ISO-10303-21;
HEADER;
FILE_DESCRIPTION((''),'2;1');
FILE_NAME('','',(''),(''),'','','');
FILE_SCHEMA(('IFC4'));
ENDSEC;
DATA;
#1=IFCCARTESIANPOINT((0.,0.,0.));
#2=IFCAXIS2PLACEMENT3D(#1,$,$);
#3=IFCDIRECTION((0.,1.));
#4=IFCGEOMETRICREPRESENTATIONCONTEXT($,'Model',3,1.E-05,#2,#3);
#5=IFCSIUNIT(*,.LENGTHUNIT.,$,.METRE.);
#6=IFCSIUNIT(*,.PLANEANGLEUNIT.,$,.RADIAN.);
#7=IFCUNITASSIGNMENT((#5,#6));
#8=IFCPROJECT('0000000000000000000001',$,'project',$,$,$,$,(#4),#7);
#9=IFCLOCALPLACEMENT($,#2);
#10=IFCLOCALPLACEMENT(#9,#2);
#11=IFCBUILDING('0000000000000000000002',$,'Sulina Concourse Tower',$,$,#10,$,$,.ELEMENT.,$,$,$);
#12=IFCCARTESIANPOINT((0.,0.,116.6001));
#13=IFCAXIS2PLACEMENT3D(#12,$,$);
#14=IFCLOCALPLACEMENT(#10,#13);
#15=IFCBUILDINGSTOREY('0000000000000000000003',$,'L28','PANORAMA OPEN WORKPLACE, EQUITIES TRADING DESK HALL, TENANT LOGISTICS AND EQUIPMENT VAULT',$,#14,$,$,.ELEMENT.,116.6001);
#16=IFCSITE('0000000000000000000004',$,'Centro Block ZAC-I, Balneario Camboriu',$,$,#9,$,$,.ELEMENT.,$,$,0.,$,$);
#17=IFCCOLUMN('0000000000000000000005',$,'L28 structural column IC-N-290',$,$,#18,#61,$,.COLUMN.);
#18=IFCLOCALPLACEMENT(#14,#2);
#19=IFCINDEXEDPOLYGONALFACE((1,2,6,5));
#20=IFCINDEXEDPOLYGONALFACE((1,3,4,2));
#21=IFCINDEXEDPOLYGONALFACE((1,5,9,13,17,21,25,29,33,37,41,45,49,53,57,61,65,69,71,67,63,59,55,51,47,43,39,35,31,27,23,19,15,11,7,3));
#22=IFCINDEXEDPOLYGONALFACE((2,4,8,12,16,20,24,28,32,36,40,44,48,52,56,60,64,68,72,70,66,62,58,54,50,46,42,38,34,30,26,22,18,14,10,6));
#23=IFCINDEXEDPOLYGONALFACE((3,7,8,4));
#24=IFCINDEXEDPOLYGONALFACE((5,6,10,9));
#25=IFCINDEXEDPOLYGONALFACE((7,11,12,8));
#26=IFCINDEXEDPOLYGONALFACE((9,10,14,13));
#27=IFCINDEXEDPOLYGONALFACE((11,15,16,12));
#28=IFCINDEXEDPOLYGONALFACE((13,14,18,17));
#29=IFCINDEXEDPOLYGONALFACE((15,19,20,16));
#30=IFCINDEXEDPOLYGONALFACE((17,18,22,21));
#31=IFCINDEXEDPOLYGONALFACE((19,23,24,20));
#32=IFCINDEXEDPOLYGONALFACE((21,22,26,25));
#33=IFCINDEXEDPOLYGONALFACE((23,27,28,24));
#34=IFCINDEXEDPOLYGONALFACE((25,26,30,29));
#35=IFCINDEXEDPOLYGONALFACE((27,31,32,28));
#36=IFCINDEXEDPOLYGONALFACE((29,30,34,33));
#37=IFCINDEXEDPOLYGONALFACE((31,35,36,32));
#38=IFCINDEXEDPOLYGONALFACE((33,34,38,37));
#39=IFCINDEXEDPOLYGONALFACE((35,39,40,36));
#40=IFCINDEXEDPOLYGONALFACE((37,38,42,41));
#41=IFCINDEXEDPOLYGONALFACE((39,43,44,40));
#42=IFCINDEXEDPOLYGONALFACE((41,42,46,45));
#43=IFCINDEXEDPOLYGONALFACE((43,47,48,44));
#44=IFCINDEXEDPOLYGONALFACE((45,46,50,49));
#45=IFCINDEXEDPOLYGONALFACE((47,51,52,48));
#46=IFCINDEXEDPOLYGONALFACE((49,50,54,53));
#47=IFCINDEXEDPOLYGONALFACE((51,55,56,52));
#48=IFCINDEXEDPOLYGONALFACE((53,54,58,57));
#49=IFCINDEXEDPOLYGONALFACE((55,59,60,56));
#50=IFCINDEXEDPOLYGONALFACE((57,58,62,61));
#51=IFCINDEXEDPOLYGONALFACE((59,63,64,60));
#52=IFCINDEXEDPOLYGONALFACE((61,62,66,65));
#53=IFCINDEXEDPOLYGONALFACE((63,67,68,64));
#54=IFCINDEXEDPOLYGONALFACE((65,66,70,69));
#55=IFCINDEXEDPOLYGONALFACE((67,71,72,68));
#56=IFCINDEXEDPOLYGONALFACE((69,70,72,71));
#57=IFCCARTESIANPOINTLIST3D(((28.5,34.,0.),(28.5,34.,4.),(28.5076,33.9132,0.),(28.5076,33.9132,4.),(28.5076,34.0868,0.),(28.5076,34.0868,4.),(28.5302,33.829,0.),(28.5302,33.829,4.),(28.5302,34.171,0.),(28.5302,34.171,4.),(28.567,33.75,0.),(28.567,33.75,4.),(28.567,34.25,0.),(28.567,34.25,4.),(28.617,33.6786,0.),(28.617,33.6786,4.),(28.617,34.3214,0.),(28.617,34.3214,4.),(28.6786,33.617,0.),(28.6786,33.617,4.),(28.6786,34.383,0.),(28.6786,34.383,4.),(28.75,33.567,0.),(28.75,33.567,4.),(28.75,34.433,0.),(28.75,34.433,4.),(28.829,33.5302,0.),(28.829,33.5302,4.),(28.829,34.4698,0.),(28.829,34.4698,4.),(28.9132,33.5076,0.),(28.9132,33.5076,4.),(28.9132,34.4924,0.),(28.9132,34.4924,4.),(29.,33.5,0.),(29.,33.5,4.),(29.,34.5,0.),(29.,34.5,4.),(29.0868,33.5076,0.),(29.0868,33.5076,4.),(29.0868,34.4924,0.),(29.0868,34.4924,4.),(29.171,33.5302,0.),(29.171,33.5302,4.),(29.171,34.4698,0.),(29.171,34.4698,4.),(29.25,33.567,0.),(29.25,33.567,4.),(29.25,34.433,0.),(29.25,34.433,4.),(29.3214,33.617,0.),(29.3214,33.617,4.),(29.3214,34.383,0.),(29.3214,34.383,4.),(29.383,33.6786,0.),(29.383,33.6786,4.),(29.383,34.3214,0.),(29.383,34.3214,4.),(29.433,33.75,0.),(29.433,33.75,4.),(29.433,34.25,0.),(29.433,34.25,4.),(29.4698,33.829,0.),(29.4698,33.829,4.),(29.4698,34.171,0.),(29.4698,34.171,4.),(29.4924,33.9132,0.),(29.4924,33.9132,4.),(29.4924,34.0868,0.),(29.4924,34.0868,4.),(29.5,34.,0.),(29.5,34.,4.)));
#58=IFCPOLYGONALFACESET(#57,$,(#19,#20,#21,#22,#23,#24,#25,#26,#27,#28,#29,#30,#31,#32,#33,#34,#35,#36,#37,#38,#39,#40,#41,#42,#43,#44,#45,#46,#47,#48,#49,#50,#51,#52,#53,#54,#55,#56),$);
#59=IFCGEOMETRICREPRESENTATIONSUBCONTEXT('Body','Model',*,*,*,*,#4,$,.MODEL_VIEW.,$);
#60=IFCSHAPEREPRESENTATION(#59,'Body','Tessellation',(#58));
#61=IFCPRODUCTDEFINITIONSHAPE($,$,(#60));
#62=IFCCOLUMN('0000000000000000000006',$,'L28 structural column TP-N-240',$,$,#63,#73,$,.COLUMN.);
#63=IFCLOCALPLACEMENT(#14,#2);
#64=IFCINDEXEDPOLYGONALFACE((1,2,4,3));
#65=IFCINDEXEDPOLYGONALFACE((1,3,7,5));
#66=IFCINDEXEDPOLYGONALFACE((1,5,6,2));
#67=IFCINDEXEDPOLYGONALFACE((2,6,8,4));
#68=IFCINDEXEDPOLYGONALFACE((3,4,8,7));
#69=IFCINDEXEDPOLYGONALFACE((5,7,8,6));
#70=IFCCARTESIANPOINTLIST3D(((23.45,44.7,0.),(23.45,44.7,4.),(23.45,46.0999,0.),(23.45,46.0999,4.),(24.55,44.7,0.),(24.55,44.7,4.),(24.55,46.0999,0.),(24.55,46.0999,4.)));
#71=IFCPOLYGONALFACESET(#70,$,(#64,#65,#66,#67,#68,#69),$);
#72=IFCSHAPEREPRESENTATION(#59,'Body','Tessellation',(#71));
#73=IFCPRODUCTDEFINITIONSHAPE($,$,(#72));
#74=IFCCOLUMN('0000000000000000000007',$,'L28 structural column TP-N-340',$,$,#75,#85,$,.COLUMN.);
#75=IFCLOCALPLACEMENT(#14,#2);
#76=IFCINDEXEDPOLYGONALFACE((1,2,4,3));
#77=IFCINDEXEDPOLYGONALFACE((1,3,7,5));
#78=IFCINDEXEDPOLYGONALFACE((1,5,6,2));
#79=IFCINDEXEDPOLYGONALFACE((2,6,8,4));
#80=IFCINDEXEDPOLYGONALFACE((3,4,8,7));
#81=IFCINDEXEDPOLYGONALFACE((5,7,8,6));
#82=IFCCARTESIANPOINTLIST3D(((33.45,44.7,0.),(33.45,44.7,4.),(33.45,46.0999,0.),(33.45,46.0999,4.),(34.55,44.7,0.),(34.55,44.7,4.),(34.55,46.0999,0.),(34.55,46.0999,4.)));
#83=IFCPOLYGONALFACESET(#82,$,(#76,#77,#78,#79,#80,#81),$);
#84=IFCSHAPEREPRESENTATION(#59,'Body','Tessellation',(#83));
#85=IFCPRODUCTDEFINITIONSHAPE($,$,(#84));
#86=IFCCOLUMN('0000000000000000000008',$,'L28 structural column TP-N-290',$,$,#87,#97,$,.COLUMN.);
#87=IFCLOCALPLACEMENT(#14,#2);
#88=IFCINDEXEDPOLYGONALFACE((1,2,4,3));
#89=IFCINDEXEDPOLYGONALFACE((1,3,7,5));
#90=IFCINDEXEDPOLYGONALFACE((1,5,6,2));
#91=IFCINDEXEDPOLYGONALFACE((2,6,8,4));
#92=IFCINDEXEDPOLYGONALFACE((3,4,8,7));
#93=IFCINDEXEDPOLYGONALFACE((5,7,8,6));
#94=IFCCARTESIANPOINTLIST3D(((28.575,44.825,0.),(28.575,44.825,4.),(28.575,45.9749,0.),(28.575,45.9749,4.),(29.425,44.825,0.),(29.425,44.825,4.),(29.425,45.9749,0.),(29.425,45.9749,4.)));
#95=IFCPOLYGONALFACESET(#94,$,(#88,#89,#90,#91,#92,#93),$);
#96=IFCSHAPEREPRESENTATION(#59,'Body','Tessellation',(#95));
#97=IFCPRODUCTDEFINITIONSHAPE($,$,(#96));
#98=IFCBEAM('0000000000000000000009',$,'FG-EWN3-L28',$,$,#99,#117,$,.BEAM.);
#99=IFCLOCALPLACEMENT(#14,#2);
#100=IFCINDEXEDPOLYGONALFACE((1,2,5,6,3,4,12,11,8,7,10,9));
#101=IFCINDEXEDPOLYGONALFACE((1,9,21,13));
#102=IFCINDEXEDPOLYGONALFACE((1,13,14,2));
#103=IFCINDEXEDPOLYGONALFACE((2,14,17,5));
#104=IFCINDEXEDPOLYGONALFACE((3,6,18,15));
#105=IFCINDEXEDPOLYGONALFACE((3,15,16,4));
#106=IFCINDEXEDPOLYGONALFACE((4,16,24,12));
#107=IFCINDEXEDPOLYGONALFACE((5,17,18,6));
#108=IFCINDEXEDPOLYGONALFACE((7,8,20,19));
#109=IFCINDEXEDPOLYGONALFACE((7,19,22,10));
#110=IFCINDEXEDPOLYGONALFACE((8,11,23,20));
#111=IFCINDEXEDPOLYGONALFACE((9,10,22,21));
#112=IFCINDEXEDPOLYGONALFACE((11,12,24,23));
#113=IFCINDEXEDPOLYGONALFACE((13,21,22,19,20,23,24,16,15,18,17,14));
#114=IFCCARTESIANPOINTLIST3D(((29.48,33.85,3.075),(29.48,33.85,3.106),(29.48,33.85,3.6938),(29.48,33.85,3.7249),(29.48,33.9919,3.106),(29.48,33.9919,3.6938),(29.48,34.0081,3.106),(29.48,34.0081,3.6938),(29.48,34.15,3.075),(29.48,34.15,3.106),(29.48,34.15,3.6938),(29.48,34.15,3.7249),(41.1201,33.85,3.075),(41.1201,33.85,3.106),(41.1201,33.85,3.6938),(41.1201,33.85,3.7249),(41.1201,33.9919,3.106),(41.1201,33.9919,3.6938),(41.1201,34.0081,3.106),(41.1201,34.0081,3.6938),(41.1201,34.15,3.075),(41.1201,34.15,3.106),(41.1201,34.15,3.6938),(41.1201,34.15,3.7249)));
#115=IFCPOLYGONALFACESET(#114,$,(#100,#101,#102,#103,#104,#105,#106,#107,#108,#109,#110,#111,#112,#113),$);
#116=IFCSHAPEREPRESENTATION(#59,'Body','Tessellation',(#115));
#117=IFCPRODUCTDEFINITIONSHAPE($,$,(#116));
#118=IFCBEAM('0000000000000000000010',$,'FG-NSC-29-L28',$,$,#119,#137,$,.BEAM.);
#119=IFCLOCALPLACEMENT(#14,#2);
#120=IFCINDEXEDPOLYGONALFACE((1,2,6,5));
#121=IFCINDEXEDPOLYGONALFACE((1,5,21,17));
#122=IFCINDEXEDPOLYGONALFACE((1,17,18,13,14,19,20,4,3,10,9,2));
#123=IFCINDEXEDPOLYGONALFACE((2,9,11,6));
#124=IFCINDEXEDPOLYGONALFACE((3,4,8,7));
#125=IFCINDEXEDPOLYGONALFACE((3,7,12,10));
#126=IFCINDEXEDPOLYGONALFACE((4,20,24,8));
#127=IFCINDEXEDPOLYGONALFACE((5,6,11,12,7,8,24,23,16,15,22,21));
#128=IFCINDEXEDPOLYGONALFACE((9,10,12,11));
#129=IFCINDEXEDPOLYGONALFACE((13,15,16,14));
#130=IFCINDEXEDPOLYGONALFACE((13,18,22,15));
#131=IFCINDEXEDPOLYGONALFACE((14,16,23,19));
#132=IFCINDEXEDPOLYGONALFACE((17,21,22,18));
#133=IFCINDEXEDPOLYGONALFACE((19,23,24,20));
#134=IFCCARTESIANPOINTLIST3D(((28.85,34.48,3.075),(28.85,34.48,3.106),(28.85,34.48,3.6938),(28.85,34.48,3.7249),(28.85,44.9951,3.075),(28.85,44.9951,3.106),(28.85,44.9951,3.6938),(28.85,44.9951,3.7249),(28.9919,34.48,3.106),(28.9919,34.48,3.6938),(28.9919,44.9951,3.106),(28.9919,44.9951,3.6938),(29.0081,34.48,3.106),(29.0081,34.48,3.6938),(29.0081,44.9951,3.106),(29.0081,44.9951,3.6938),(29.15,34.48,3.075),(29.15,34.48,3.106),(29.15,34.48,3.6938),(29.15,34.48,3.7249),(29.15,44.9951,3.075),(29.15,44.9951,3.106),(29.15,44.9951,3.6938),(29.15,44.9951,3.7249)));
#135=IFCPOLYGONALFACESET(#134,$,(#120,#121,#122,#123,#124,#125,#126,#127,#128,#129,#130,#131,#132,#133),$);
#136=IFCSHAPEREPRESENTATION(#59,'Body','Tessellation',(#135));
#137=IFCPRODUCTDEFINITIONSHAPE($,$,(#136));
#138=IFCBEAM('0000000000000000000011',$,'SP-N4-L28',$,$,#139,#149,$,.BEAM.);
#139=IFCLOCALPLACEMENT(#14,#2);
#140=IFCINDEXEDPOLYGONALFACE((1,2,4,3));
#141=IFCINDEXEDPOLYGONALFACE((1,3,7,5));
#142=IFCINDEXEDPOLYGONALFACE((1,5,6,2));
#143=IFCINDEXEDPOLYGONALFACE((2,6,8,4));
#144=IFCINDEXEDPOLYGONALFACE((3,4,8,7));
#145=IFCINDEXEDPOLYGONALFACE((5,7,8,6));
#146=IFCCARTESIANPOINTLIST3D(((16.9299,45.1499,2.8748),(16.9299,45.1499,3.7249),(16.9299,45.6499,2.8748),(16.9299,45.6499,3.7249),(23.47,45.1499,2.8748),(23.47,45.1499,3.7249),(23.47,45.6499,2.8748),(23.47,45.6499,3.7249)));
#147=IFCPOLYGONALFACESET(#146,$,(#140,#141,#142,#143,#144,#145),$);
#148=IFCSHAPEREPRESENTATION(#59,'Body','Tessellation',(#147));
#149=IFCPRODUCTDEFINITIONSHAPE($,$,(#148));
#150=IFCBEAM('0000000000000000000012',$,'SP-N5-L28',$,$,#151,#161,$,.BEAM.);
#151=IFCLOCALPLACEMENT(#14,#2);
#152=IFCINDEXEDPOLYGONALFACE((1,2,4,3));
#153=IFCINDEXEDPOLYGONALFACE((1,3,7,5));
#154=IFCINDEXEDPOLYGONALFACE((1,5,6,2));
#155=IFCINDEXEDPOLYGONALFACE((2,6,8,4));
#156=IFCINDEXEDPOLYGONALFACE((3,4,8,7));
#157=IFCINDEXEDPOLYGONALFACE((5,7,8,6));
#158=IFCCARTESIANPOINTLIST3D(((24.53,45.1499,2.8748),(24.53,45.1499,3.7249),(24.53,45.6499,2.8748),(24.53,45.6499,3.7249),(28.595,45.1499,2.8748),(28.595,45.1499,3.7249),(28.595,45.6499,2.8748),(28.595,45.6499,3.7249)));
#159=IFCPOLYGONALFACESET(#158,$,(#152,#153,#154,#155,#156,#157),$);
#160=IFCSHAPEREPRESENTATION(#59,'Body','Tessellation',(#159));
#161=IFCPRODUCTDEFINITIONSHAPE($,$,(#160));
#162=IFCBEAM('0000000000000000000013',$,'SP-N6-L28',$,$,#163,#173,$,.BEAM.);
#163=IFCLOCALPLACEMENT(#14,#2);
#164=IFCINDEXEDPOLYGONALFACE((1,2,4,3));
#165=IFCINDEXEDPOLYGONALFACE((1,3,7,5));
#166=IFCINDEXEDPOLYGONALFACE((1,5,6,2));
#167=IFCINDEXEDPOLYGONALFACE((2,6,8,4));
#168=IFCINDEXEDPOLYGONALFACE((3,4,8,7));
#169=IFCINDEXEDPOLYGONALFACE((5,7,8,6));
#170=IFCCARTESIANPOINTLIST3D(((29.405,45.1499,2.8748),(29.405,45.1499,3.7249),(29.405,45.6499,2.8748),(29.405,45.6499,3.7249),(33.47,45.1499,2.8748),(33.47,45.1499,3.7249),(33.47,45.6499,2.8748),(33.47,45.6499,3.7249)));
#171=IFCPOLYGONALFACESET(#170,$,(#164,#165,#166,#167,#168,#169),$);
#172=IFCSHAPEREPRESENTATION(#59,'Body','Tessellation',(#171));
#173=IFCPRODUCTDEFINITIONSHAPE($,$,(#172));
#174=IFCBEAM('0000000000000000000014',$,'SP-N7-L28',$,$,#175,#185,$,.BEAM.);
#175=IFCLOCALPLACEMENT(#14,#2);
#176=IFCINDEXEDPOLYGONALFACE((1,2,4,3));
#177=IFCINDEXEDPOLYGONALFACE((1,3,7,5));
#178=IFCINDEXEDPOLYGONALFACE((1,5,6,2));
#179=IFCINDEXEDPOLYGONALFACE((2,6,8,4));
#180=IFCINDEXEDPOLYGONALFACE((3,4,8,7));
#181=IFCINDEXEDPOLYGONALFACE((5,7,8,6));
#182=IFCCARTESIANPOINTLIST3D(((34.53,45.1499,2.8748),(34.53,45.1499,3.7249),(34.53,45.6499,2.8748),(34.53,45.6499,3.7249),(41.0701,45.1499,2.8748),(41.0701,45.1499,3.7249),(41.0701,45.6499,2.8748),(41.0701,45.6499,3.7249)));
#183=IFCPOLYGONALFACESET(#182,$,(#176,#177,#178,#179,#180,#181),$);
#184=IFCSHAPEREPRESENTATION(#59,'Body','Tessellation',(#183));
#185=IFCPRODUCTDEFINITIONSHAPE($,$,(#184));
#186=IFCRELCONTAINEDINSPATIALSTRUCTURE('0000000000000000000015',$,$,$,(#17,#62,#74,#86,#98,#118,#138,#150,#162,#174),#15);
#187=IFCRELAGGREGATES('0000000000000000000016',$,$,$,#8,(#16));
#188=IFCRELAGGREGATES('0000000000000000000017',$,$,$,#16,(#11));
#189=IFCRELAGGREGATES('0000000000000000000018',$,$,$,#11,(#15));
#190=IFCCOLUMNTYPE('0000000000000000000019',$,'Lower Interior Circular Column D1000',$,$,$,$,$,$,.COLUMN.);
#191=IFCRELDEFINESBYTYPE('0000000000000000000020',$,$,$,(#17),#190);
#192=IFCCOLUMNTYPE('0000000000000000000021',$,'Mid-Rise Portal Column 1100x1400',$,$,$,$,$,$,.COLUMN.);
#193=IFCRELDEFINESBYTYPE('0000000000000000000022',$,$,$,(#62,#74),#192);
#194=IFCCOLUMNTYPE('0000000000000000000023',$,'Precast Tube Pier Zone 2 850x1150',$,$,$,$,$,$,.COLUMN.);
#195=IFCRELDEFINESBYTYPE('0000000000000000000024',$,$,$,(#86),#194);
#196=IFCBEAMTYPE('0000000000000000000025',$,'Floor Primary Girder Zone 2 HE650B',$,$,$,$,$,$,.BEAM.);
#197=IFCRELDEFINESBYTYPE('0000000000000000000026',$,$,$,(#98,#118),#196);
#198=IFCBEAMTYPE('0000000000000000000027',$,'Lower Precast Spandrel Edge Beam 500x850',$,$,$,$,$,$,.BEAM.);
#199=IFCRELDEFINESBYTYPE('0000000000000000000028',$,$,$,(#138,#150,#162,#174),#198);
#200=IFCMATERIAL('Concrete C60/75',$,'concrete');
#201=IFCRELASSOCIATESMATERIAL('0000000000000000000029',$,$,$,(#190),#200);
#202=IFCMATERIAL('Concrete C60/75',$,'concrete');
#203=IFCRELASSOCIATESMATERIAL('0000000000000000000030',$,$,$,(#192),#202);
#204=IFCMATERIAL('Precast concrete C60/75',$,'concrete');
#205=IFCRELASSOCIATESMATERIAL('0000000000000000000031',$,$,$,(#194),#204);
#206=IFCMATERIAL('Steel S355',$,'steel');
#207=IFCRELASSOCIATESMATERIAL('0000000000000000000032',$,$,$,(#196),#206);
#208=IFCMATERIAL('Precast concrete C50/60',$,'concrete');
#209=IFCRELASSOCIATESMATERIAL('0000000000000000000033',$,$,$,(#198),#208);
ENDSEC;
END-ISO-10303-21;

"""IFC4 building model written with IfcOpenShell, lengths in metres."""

from ifc_helpers import new_model, si_unit, direction, frame, origin, origin_2d, place, context, subcontext, project, spatial, rectangle, circle, i_section, extrude, material, material_profile, profile_set, type_object, element, save


model = new_model("IFC4")

# Units and contexts
model_context = context("Model", 3, precision=1e-05, world=origin(), true_north=direction((0.0, 1.0)))
body_context = subcontext(model_context, "Body", "Model", "MODEL_VIEW")
ifc_project = project(units=[si_unit("LENGTHUNIT", "METRE"), si_unit("PLANEANGLEUNIT", "RADIAN")], contexts=[model_context])

# Site, building, storey
site_placement = place(None, origin())
site = spatial("IfcSite", under=ifc_project, at=site_placement, Name="Centro Block ZAC-I, Balneario Camboriu", CompositionType="ELEMENT", RefElevation=0.0)
building_placement = place(site_placement, origin())
building = spatial("IfcBuilding", under=site, at=building_placement, Name="Sulina Concourse Tower", CompositionType="ELEMENT")
storey_placement = place(building_placement, frame((0.0, 0.0, 116.6001)))
storey = spatial("IfcBuildingStorey", under=building, at=storey_placement, Name="L28", Description="PANORAMA OPEN WORKPLACE, EQUITIES TRADING DESK HALL, TENANT LOGISTICS AND EQUIPMENT VAULT", CompositionType="ELEMENT", Elevation=116.6001)

# Columns
ifc_material_1 = material(Name="Concrete C60/75", Category="concrete")
ifc_material_profile_1 = material_profile(ifc_material_1, circle(Radius=0.5, at=origin_2d()), Name="RC D1000")
ifc_profile_set_1 = profile_set([ifc_material_profile_1], Name="Concrete C60/75")
column_type_1 = type_object("IfcColumnType", Name="Lower Interior Circular Column D1000", PredefinedType="COLUMN", material=ifc_profile_set_1)
column_1_placement = place(storey_placement, frame((29.0, 34.0, 0.0), z_axis=(0.0, 0.0, 1.0), x_axis=(1.0, 0.0, 0.0)))
element("IfcColumn", 1, at=column_1_placement, inside=storey, type_object=column_type_1, Name="L28 structural column IC-N-290", PredefinedType="COLUMN", context=body_context, shape_type="SweptSolid", body=[
    extrude(circle(Radius=0.5, at=origin_2d()), origin(), (0.0, 0.0, 1.0), 4.0),
])
ifc_material_2 = material(Name="Concrete C60/75", Category="concrete")
ifc_material_profile_2 = material_profile(ifc_material_2, rectangle(XDim=1.1001, YDim=1.3999, at=origin_2d()), Name="RC 1100x1400")
ifc_profile_set_2 = profile_set([ifc_material_profile_2], Name="Concrete C60/75")
column_type_2 = type_object("IfcColumnType", Name="Mid-Rise Portal Column 1100x1400", PredefinedType="COLUMN", material=ifc_profile_set_2)
for number, where, z_axis, x_axis, name in (
    (2, (24.0, 45.3999, 0.0), (0.0, 0.0, 1.0), (1.0, 0.0, 0.0), "L28 structural column TP-N-240"),
    (3, (34.0, 45.3999, 0.0), (0.0, 0.0, 1.0), (1.0, 0.0, 0.0), "L28 structural column TP-N-340"),
):
    element("IfcColumn", number, at=place(storey_placement, frame(where, z_axis=z_axis, x_axis=x_axis)), inside=storey, type_object=column_type_2, Name=name, PredefinedType="COLUMN", context=body_context, shape_type="SweptSolid", body=[
        extrude(rectangle(XDim=1.1001, YDim=1.3999, at=origin_2d()), origin(), (0.0, 0.0, 1.0), 4.0),
    ])
ifc_material_3 = material(Name="Precast concrete C60/75", Category="concrete")
ifc_material_profile_3 = material_profile(ifc_material_3, rectangle(XDim=0.8501, YDim=1.1499, at=origin_2d()), Name="PC 850x1150")
ifc_profile_set_3 = profile_set([ifc_material_profile_3], Name="Precast concrete C60/75")
column_type_3 = type_object("IfcColumnType", Name="Precast Tube Pier Zone 2 850x1150", PredefinedType="COLUMN", material=ifc_profile_set_3)
column_2_placement = place(storey_placement, frame((29.0, 45.3999, 0.0), z_axis=(0.0, 0.0, 1.0), x_axis=(1.0, 0.0, 0.0)))
element("IfcColumn", 4, at=column_2_placement, inside=storey, type_object=column_type_3, Name="L28 structural column TP-N-290", PredefinedType="COLUMN", context=body_context, shape_type="SweptSolid", body=[
    extrude(rectangle(XDim=0.8501, YDim=1.1499, at=origin_2d()), origin(), (0.0, 0.0, 1.0), 4.0),
])

# Beams
ifc_material_4 = material(Name="Steel S355", Category="steel")
ifc_material_profile_4 = material_profile(ifc_material_4, i_section(OverallWidth=0.3, OverallDepth=0.6499, WebThickness=0.0161, FlangeThickness=0.031, at=origin_2d()), Name="HE 650 B")
ifc_profile_set_4 = profile_set([ifc_material_profile_4], Name="Steel S355")
beam_type_1 = type_object("IfcBeamType", Name="Floor Primary Girder Zone 2 HE650B", PredefinedType="BEAM", material=ifc_profile_set_4)
beam_1_placement = place(storey_placement, frame((29.48, 34.0, 3.3999), z_axis=(1.0, 0.0, 0.0), x_axis=(0.0, 1.0, 0.0)))
element("IfcBeam", 5, at=beam_1_placement, inside=storey, type_object=beam_type_1, Name="FG-EWN3-L28", PredefinedType="BEAM", context=body_context, shape_type="SweptSolid", body=[
    extrude(i_section(OverallWidth=0.3, OverallDepth=0.6499, WebThickness=0.0161, FlangeThickness=0.031, at=origin_2d()), origin(), (0.0, 0.0, 1.0), 11.6401),
])
beam_2_placement = place(storey_placement, frame((29.0, 34.48, 3.3999), z_axis=(0.0, 1.0, 0.0), x_axis=(-1.0, 0.0, 0.0)))
element("IfcBeam", 6, at=beam_2_placement, inside=storey, type_object=beam_type_1, Name="FG-NSC-29-L28", PredefinedType="BEAM", context=body_context, shape_type="SweptSolid", body=[
    extrude(i_section(OverallWidth=0.3, OverallDepth=0.6499, WebThickness=0.0161, FlangeThickness=0.031, at=origin_2d()), origin(), (0.0, 0.0, 1.0), 10.5151),
])
ifc_material_5 = material(Name="Precast concrete C50/60", Category="concrete")
ifc_material_profile_5 = material_profile(ifc_material_5, rectangle(XDim=0.5, YDim=0.8501, at=origin_2d()), Name="RC 500x850")
ifc_profile_set_5 = profile_set([ifc_material_profile_5], Name="Precast concrete C50/60")
beam_type_2 = type_object("IfcBeamType", Name="Lower Precast Spandrel Edge Beam 500x850", PredefinedType="BEAM", material=ifc_profile_set_5)
beam_3_placement = place(storey_placement, frame((16.9299, 45.3999, 3.2998), z_axis=(1.0, 0.0, 0.0), x_axis=(0.0, 1.0, 0.0)))
element("IfcBeam", 7, at=beam_3_placement, inside=storey, type_object=beam_type_2, Name="SP-N4-L28", PredefinedType="BEAM", context=body_context, shape_type="SweptSolid", body=[
    extrude(rectangle(XDim=0.5, YDim=0.8501, at=origin_2d()), origin(), (0.0, 0.0, 1.0), 6.54),
])
for number, where, z_axis, x_axis, name in (
    (8, (24.53, 45.3999, 3.2998), (1.0, 0.0, 0.0), (0.0, 1.0, 0.0), "SP-N5-L28"),
    (9, (29.405, 45.3999, 3.2998), (1.0, 0.0, 0.0), (0.0, 1.0, 0.0), "SP-N6-L28"),
):
    element("IfcBeam", number, at=place(storey_placement, frame(where, z_axis=z_axis, x_axis=x_axis)), inside=storey, type_object=beam_type_2, Name=name, PredefinedType="BEAM", context=body_context, shape_type="SweptSolid", body=[
        extrude(rectangle(XDim=0.5, YDim=0.8501, at=origin_2d()), origin(), (0.0, 0.0, 1.0), 4.0649),
    ])
beam_4_placement = place(storey_placement, frame((34.53, 45.3999, 3.2998), z_axis=(1.0, 0.0, 0.0), x_axis=(0.0, 1.0, 0.0)))
element("IfcBeam", 10, at=beam_4_placement, inside=storey, type_object=beam_type_2, Name="SP-N7-L28", PredefinedType="BEAM", context=body_context, shape_type="SweptSolid", body=[
    extrude(rectangle(XDim=0.5, YDim=0.8501, at=origin_2d()), origin(), (0.0, 0.0, 1.0), 6.54),
])

save(model, "model.ifc")
